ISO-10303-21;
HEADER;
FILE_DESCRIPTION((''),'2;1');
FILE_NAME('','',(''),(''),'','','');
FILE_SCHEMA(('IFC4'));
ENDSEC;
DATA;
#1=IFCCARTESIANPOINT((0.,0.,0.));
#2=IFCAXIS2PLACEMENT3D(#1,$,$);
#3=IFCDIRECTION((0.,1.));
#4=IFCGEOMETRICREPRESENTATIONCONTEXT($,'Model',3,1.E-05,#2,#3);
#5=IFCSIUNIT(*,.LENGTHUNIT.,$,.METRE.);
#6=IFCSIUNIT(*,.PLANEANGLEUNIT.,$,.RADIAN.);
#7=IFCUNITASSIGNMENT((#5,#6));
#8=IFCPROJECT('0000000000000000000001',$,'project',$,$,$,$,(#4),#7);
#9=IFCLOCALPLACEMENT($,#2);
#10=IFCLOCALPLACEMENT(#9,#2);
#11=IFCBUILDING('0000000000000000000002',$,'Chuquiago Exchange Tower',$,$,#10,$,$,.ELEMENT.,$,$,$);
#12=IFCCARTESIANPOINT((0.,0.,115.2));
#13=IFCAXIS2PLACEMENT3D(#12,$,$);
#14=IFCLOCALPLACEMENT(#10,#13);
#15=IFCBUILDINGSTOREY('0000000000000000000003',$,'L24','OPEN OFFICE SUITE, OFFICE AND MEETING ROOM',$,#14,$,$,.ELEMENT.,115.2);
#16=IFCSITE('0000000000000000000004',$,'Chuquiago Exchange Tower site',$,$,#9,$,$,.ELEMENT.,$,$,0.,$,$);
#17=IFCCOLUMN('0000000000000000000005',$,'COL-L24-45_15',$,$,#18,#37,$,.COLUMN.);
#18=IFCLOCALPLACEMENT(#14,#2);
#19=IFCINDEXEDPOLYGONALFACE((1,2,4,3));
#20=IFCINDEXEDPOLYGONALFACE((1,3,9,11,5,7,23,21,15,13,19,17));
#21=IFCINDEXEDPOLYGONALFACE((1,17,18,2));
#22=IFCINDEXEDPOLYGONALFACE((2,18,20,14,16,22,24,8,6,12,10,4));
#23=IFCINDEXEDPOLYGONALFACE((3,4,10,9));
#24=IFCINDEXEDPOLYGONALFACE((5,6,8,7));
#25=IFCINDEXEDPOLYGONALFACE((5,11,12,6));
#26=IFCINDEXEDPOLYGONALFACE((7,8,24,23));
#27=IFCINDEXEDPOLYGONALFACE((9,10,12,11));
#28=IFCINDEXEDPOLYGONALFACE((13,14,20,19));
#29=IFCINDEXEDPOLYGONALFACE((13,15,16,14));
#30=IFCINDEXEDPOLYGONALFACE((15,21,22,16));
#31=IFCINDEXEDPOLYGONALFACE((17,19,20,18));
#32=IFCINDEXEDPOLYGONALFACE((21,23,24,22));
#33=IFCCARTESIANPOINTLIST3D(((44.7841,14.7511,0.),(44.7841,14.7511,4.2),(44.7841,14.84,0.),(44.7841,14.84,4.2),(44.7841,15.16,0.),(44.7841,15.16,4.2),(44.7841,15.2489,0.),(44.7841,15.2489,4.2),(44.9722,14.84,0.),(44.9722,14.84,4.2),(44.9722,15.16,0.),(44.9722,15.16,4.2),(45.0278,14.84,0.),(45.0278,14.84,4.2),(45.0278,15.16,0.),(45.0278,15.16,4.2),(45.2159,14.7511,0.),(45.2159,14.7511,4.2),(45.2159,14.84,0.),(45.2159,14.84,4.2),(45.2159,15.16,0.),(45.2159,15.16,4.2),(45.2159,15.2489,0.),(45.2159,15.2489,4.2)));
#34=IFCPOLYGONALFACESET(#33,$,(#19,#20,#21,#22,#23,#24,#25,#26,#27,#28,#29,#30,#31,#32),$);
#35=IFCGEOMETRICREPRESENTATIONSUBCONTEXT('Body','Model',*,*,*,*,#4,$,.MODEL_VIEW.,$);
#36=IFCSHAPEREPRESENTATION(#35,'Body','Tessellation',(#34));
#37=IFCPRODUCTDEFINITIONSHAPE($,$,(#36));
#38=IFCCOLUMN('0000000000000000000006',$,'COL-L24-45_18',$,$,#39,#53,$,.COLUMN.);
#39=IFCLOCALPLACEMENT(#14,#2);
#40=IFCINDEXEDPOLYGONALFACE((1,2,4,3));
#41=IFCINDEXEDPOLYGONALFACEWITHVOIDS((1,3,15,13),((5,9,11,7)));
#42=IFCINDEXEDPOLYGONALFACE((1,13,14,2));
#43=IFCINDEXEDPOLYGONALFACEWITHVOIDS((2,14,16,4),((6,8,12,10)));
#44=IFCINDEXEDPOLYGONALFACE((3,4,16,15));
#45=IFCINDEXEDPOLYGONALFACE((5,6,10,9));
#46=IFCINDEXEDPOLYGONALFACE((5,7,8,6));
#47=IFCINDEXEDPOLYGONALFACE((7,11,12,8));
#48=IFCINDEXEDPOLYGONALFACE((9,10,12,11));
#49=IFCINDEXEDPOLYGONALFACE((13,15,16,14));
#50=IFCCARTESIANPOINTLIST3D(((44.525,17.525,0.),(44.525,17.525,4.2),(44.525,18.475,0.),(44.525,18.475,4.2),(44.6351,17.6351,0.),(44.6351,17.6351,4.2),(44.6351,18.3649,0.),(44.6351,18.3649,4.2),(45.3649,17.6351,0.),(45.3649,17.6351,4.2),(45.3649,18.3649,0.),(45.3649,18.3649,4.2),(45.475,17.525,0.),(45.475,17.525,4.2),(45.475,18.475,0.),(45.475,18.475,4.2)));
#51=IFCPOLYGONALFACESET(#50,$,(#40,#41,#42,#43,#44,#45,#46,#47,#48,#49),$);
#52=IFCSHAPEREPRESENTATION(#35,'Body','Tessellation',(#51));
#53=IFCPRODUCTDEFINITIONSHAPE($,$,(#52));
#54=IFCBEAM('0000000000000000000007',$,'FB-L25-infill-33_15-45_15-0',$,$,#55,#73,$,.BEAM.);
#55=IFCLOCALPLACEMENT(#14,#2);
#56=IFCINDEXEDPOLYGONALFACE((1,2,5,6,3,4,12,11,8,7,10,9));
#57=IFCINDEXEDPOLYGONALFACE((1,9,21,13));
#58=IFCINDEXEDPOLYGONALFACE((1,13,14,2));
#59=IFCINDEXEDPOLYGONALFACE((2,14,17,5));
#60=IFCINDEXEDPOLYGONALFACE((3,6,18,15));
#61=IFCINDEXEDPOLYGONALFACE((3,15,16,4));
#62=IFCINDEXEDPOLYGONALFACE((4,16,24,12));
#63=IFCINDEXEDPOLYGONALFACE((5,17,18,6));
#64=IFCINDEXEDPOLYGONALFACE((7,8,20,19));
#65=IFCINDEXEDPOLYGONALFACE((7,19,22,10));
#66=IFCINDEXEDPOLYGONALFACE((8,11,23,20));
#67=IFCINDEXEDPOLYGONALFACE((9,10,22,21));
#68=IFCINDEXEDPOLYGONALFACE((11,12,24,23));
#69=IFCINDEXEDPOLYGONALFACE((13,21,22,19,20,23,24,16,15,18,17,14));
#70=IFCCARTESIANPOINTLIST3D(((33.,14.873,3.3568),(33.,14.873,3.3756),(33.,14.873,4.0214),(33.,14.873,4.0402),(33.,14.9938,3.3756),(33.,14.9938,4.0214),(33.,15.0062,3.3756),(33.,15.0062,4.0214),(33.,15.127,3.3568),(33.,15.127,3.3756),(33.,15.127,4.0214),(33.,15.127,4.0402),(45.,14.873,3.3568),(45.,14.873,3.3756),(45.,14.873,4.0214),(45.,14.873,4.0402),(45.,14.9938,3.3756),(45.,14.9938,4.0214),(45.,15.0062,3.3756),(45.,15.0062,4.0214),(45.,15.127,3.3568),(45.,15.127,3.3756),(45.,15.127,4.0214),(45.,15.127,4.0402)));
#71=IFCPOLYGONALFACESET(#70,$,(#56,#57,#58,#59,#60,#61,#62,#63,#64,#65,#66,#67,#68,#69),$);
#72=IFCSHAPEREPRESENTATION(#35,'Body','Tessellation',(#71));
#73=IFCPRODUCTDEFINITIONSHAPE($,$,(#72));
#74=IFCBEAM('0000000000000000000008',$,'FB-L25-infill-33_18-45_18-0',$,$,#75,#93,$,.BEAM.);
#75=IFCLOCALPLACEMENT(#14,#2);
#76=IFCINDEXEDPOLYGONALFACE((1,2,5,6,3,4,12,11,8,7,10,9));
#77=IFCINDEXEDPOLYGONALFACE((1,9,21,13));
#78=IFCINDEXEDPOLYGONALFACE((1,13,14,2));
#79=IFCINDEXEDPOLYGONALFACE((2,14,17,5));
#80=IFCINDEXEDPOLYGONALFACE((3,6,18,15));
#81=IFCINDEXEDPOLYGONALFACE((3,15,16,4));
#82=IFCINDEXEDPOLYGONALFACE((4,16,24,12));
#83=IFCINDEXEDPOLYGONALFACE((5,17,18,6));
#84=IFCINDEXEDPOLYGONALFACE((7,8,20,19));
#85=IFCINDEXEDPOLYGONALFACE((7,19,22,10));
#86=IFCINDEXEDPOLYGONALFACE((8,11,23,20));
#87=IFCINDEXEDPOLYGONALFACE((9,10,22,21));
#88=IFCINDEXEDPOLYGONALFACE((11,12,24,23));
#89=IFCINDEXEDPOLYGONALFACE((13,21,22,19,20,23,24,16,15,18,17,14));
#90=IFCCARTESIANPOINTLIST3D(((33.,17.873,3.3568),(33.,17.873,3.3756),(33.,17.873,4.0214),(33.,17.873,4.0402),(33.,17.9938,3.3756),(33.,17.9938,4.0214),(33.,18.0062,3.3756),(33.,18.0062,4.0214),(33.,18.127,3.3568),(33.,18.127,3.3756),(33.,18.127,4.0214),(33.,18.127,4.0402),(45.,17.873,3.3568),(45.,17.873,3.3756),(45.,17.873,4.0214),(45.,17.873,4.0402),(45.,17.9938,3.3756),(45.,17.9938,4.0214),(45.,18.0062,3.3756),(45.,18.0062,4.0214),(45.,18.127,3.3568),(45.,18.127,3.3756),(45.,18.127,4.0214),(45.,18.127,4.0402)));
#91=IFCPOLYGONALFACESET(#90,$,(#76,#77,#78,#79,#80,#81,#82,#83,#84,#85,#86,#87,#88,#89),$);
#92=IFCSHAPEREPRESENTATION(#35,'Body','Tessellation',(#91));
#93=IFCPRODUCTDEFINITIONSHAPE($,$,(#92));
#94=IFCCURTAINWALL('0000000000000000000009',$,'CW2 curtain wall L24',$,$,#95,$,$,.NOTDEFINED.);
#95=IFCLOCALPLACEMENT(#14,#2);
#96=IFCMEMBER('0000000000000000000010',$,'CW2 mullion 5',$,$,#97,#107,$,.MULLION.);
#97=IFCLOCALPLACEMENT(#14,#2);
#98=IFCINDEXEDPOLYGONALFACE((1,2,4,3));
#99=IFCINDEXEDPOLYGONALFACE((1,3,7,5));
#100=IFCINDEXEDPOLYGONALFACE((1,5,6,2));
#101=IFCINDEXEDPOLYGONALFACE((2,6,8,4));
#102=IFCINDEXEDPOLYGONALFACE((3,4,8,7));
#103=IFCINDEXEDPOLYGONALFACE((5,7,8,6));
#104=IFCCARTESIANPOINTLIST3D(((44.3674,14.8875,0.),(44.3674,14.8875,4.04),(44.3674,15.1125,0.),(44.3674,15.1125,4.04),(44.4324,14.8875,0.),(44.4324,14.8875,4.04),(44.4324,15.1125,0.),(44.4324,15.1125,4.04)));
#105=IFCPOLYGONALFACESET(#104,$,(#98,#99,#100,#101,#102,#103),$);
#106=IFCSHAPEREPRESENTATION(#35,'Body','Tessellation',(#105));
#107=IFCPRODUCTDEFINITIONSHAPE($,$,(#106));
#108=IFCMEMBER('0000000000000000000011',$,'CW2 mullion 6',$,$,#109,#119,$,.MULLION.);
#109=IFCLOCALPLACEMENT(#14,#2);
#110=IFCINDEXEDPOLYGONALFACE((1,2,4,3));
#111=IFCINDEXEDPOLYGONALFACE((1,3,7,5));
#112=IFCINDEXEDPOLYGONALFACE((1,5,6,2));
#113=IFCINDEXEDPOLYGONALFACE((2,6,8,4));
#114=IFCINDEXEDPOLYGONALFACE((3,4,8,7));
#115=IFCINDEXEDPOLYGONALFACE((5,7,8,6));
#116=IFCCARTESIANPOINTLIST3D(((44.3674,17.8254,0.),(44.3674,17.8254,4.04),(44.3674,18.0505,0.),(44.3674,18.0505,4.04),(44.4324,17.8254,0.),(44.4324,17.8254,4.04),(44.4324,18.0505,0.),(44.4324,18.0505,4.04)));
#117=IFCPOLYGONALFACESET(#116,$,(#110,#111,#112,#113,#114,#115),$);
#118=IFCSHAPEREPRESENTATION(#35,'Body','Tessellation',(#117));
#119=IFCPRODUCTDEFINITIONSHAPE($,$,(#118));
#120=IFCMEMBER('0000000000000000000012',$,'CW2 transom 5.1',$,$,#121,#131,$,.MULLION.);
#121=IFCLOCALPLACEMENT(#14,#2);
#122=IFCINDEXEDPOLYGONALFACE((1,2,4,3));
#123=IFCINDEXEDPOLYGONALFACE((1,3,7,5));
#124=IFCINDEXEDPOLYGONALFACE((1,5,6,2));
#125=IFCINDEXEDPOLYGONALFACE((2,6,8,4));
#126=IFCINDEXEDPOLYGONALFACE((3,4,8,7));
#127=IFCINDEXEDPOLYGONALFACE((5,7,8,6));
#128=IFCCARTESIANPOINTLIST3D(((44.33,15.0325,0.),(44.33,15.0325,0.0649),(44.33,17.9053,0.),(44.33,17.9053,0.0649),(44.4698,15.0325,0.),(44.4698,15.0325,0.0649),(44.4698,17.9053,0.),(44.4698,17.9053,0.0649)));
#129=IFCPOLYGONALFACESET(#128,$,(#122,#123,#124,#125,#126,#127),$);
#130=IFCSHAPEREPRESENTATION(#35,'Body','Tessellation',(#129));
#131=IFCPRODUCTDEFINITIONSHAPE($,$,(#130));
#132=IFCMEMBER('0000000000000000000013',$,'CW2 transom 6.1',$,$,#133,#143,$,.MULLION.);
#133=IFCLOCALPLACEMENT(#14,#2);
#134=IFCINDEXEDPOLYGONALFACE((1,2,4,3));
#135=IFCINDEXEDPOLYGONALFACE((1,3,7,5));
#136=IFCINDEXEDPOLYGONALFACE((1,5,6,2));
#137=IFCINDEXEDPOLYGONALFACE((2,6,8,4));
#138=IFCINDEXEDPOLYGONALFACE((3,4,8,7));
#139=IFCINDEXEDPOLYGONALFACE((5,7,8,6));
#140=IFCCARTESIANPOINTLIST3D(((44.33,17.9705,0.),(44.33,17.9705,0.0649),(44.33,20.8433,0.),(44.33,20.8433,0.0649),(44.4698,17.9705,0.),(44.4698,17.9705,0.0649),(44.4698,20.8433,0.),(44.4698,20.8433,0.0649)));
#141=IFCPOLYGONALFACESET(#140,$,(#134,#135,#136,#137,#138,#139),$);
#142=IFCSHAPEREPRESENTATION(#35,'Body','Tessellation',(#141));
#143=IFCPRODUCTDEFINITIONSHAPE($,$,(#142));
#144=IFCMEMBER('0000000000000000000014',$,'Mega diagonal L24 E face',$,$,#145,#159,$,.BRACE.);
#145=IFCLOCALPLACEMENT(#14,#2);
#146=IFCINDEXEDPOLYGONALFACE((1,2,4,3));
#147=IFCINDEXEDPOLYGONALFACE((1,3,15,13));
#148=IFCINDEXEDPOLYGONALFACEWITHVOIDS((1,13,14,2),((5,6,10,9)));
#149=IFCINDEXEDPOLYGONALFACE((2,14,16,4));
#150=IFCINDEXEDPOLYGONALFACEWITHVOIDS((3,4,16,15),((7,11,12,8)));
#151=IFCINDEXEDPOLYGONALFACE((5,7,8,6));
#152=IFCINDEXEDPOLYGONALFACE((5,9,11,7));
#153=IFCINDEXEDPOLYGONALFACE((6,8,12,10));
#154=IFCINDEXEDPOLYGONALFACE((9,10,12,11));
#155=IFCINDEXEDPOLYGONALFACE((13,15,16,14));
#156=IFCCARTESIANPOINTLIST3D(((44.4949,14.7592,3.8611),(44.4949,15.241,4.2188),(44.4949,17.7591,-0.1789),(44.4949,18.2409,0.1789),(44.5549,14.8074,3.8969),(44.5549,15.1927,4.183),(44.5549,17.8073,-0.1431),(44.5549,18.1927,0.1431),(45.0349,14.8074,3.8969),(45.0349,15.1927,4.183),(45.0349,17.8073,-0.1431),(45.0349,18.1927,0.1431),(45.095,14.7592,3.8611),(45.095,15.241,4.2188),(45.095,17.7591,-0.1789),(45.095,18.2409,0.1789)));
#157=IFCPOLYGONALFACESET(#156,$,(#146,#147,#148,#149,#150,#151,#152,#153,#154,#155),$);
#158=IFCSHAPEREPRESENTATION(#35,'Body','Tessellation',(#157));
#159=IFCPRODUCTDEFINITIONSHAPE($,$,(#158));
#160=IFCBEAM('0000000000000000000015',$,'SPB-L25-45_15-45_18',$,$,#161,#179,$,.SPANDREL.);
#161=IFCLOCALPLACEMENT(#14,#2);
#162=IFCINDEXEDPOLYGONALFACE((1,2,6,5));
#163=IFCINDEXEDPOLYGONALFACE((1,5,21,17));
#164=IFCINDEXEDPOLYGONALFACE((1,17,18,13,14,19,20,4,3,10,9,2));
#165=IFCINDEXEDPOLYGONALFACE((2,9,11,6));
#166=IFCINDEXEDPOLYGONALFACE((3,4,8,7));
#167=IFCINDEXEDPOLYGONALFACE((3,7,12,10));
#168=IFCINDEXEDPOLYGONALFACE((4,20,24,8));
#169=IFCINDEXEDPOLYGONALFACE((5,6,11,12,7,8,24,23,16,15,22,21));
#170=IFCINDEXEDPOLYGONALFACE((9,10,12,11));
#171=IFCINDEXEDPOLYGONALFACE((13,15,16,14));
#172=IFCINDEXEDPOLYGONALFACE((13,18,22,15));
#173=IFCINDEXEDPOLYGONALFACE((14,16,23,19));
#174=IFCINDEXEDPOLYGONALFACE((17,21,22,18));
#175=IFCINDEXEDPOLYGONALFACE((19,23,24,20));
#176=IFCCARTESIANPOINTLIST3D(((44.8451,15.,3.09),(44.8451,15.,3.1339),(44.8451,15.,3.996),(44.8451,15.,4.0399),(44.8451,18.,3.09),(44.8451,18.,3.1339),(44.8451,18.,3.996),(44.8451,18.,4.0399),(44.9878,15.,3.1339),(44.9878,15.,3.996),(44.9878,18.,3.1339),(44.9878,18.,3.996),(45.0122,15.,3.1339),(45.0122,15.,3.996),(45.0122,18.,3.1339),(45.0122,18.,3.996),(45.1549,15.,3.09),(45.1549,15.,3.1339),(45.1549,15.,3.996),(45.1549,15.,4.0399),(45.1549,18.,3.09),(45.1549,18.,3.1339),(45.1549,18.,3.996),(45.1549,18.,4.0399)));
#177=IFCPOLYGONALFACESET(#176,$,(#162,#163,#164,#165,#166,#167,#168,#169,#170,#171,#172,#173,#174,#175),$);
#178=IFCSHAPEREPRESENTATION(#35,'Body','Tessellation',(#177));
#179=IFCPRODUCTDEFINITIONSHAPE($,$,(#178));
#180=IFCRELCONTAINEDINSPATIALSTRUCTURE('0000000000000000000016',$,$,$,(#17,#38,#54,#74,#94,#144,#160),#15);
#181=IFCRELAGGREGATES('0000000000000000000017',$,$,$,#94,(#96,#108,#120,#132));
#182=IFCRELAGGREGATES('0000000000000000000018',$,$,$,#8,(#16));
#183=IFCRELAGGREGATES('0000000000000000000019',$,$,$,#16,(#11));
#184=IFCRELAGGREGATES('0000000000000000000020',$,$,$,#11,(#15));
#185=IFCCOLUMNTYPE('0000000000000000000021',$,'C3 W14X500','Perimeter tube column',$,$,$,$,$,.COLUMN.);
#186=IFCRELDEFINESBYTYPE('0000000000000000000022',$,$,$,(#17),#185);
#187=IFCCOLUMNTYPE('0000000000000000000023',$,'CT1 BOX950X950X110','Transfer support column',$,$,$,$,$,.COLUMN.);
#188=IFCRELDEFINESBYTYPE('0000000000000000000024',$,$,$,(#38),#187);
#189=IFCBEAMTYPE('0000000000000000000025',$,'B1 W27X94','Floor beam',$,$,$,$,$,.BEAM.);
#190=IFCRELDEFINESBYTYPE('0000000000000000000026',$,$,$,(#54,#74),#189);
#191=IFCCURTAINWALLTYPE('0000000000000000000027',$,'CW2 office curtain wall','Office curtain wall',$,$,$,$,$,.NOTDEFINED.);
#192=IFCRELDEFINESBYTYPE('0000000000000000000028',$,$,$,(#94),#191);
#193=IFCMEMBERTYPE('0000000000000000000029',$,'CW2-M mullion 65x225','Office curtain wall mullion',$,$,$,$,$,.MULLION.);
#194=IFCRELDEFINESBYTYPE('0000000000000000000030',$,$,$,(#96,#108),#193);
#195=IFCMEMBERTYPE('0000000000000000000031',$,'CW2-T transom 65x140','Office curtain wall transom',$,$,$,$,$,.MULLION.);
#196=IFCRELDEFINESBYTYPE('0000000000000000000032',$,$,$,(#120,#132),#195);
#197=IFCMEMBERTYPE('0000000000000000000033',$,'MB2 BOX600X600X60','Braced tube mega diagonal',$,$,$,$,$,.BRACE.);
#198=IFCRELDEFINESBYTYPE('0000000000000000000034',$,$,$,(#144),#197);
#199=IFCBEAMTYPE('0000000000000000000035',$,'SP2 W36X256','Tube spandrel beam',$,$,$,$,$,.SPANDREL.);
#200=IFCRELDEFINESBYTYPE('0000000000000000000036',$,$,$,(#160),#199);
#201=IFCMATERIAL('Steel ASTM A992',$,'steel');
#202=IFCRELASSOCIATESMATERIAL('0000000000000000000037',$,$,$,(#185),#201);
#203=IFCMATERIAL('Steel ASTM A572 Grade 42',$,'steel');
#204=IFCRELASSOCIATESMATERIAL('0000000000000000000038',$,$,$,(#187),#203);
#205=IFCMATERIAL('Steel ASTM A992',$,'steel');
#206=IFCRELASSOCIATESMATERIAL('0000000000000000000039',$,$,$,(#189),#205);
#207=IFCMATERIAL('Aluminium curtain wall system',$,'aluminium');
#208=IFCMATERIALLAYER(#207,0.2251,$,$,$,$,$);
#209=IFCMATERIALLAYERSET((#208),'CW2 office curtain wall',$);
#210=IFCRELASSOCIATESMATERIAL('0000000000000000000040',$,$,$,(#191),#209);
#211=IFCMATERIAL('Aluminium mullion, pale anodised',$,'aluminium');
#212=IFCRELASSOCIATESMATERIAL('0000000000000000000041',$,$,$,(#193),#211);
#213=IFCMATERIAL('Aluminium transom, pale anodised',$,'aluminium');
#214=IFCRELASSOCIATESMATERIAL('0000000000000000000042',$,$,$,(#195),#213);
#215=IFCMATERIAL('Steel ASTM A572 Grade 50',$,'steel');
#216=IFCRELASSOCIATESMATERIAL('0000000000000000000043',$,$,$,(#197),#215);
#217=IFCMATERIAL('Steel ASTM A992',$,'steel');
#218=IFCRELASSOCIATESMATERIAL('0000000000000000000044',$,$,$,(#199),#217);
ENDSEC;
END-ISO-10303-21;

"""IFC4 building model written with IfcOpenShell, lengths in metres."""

from ifc_helpers import new_model, si_unit, direction, frame, origin, origin_2d, place, context, subcontext, project, spatial, rectangle, hollow_rectangle, i_section, extrude, material, layer, layer_set, material_profile, profile_set, type_object, element, aggregate, save


model = new_model("IFC4")

# Units and contexts
model_context = context("Model", 3, precision=1e-05, world=origin(), true_north=direction((0.0, 1.0)))
body_context = subcontext(model_context, "Body", "Model", "MODEL_VIEW")
ifc_project = project(units=[si_unit("LENGTHUNIT", "METRE"), si_unit("PLANEANGLEUNIT", "RADIAN")], contexts=[model_context])

# Site, building, storey
site_placement = place(None, origin())
site = spatial("IfcSite", under=ifc_project, at=site_placement, Name="Chuquiago Exchange Tower site", CompositionType="ELEMENT", RefElevation=0.0)
building_placement = place(site_placement, origin())
building = spatial("IfcBuilding", under=site, at=building_placement, Name="Chuquiago Exchange Tower", CompositionType="ELEMENT")
storey_placement = place(building_placement, frame((0.0, 0.0, 115.2)))
storey = spatial("IfcBuildingStorey", under=building, at=storey_placement, Name="L24", Description="OPEN OFFICE SUITE, OFFICE AND MEETING ROOM", CompositionType="ELEMENT", Elevation=115.2)

# Columns
ifc_material_1 = material(Name="Steel ASTM A992", Category="steel")
ifc_material_profile_1 = material_profile(ifc_material_1, i_section(OverallWidth=0.4319, OverallDepth=0.4978, WebThickness=0.0557, FlangeThickness=0.0889, at=origin_2d()), Name="W14X500")
ifc_profile_set_1 = profile_set([ifc_material_profile_1], Name="Steel ASTM A992")
column_type_1 = type_object("IfcColumnType", Name="C3 W14X500", Description="Perimeter tube column", PredefinedType="COLUMN", material=ifc_profile_set_1)
column_1_placement = place(storey_placement, frame((45.0, 15.0, 0.0), z_axis=(0.0, 0.0, 1.0), x_axis=(1.0, 0.0, 0.0)))
element("IfcColumn", 1, at=column_1_placement, inside=storey, type_object=column_type_1, Name="COL-L24-45_15", PredefinedType="COLUMN", context=body_context, shape_type="SweptSolid", body=[
    extrude(i_section(OverallWidth=0.4319, OverallDepth=0.4978, WebThickness=0.0557, FlangeThickness=0.0889, at=origin_2d()), origin(), (0.0, 0.0, 1.0), 4.2),
])
ifc_material_2 = material(Name="Steel ASTM A572 Grade 42", Category="steel")
ifc_material_profile_2 = material_profile(ifc_material_2, hollow_rectangle(XDim=0.95, YDim=0.95, WallThickness=0.1101, at=origin_2d()), Name="BOX950X950X110")
ifc_profile_set_2 = profile_set([ifc_material_profile_2], Name="Steel ASTM A572 Grade 42")
column_type_2 = type_object("IfcColumnType", Name="CT1 BOX950X950X110", Description="Transfer support column", PredefinedType="COLUMN", material=ifc_profile_set_2)
column_2_placement = place(storey_placement, frame((45.0, 18.0, 0.0), z_axis=(0.0, 0.0, 1.0), x_axis=(1.0, 0.0, 0.0)))
element("IfcColumn", 2, at=column_2_placement, inside=storey, type_object=column_type_2, Name="COL-L24-45_18", PredefinedType="COLUMN", context=body_context, shape_type="SweptSolid", body=[
    extrude(hollow_rectangle(XDim=0.95, YDim=0.95, WallThickness=0.1101, at=origin_2d()), origin(), (0.0, 0.0, 1.0), 4.2),
])

# Beams
ifc_material_3 = material(Name="Steel ASTM A992", Category="steel")
ifc_material_profile_3 = material_profile(ifc_material_3, i_section(OverallWidth=0.2539, OverallDepth=0.6833, WebThickness=0.0125, FlangeThickness=0.0188, at=origin_2d()), Name="W27X94")
ifc_profile_set_3 = profile_set([ifc_material_profile_3], Name="Steel ASTM A992")
beam_type_1 = type_object("IfcBeamType", Name="B1 W27X94", Description="Floor beam", PredefinedType="BEAM", material=ifc_profile_set_3)
for number, where, z_axis, x_axis, name in (
    (3, (33.0, 15.0, 3.6985), (1.0, 0.0, 0.0), (0.0, 1.0, 0.0), "FB-L25-infill-33_15-45_15-0"),
    (4, (33.0, 18.0, 3.6985), (1.0, 0.0, 0.0), (0.0, 1.0, 0.0), "FB-L25-infill-33_18-45_18-0"),
):
    element("IfcBeam", number, at=place(storey_placement, frame(where, z_axis=z_axis, x_axis=x_axis)), inside=storey, type_object=beam_type_1, Name=name, PredefinedType="BEAM", context=body_context, shape_type="SweptSolid", body=[
        extrude(i_section(OverallWidth=0.2539, OverallDepth=0.6833, WebThickness=0.0125, FlangeThickness=0.0188, at=origin_2d()), origin(), (0.0, 0.0, 1.0), 12.0),
    ])

# Curtain wall, members
ifc_material_4 = material(Name="Aluminium curtain wall system", Category="aluminium")
ifc_layer_1 = layer(ifc_material_4, 0.2251)
ifc_layer_set_1 = layer_set([ifc_layer_1], Name="CW2 office curtain wall")
curtain_wall_type = type_object("IfcCurtainWallType", Name="CW2 office curtain wall", Description="Office curtain wall", PredefinedType="NOTDEFINED", material=ifc_layer_set_1)
curtain_wall_placement = place(storey_placement, origin())
curtain_wall = element("IfcCurtainWall", 5, at=curtain_wall_placement, inside=storey, type_object=curtain_wall_type, Name="CW2 curtain wall L24", PredefinedType="NOTDEFINED")
ifc_material_5 = material(Name="Aluminium mullion, pale anodised", Category="aluminium")
ifc_material_profile_4 = material_profile(ifc_material_5, rectangle(XDim=0.0649, YDim=0.2251, at=origin_2d()), Name="AL 65x225")
ifc_profile_set_4 = profile_set([ifc_material_profile_4], Name="Aluminium mullion, pale anodised")
member_type_1 = type_object("IfcMemberType", Name="CW2-M mullion 65x225", Description="Office curtain wall mullion", PredefinedType="MULLION", material=ifc_profile_set_4)
member_1_placement = place(storey_placement, frame((44.3999, 15.0, 0.0), z_axis=(0.0, 0.0, 1.0), x_axis=(-1.0, 0.0, 0.0)))
member_1 = element("IfcMember", 6, at=member_1_placement, type_object=member_type_1, Name="CW2 mullion 5", PredefinedType="MULLION", context=body_context, shape_type="SweptSolid", body=[
    extrude(rectangle(XDim=0.0649, YDim=0.2251, at=origin_2d()), origin(), (0.0, 0.0, 1.0), 4.04),
])
member_2_placement = place(storey_placement, frame((44.3999, 17.938, 0.0), z_axis=(0.0, 0.0, 1.0), x_axis=(-1.0, 0.0, 0.0)))
member_2 = element("IfcMember", 7, at=member_2_placement, type_object=member_type_1, Name="CW2 mullion 6", PredefinedType="MULLION", context=body_context, shape_type="SweptSolid", body=[
    extrude(rectangle(XDim=0.0649, YDim=0.2251, at=origin_2d()), origin(), (0.0, 0.0, 1.0), 4.04),
])
ifc_material_6 = material(Name="Aluminium transom, pale anodised", Category="aluminium")
ifc_material_profile_5 = material_profile(ifc_material_6, rectangle(XDim=0.1399, YDim=0.0649, at=origin_2d()), Name="AL 140x65")
ifc_profile_set_5 = profile_set([ifc_material_profile_5], Name="Aluminium transom, pale anodised")
member_type_2 = type_object("IfcMemberType", Name="CW2-T transom 65x140", Description="Office curtain wall transom", PredefinedType="MULLION", material=ifc_profile_set_5)
member_3_placement = place(storey_placement, frame((44.3999, 15.0325, 0.0325), z_axis=(0.0, 1.0, 0.0), x_axis=(-1.0, 0.0, 0.0)))
member_3 = element("IfcMember", 8, at=member_3_placement, type_object=member_type_2, Name="CW2 transom 5.1", PredefinedType="MULLION", context=body_context, shape_type="SweptSolid", body=[
    extrude(rectangle(XDim=0.1399, YDim=0.0649, at=origin_2d()), origin(), (0.0, 0.0, 1.0), 2.8728),
])
member_4_placement = place(storey_placement, frame((44.3999, 17.9705, 0.0325), z_axis=(0.0, 1.0, 0.0), x_axis=(-1.0, 0.0, 0.0)))
member_4 = element("IfcMember", 9, at=member_4_placement, type_object=member_type_2, Name="CW2 transom 6.1", PredefinedType="MULLION", context=body_context, shape_type="SweptSolid", body=[
    extrude(rectangle(XDim=0.1399, YDim=0.0649, at=origin_2d()), origin(), (0.0, 0.0, 1.0), 2.8728),
])

# Member
ifc_material_7 = material(Name="Steel ASTM A572 Grade 50", Category="steel")
ifc_material_profile_6 = material_profile(ifc_material_7, hollow_rectangle(XDim=0.6001, YDim=0.6001, WallThickness=0.0601, at=origin_2d()), Name="BOX600X600X60")
ifc_profile_set_6 = profile_set([ifc_material_profile_6], Name="Steel ASTM A572 Grade 50")
member_type_3 = type_object("IfcMemberType", Name="MB2 BOX600X600X60", Description="Braced tube mega diagonal", PredefinedType="BRACE", material=ifc_profile_set_6)
member_5_placement = place(storey_placement, frame((44.7949, 18.0, 0.0), z_axis=(0.0, -0.596174, 0.802855), x_axis=(1.0, 0.0, 0.0)))
element("IfcMember", 10, at=member_5_placement, inside=storey, type_object=member_type_3, Name="Mega diagonal L24 E face", PredefinedType="BRACE", context=body_context, shape_type="SweptSolid", body=[
    extrude(hollow_rectangle(XDim=0.6001, YDim=0.6001, WallThickness=0.0601, at=origin_2d()), origin(), (0.0, 0.0, 1.0), 5.032),
])

# Beam
ifc_material_8 = material(Name="Steel ASTM A992", Category="steel")
ifc_material_profile_7 = material_profile(ifc_material_8, i_section(OverallWidth=0.3098, OverallDepth=0.95, WebThickness=0.0244, FlangeThickness=0.0439, at=origin_2d()), Name="W36X256")
ifc_profile_set_7 = profile_set([ifc_material_profile_7], Name="Steel ASTM A992")
beam_type_2 = type_object("IfcBeamType", Name="SP2 W36X256", Description="Tube spandrel beam", PredefinedType="SPANDREL", material=ifc_profile_set_7)
for number, where, z_axis, x_axis, name in (
    (11, (45.0, 15.0, 3.5649), (0.0, 1.0, 0.0), (-1.0, 0.0, 0.0), "SPB-L25-45_15-45_18"),
):
    element("IfcBeam", number, at=place(storey_placement, frame(where, z_axis=z_axis, x_axis=x_axis)), inside=storey, type_object=beam_type_2, Name=name, PredefinedType="SPANDREL", context=body_context, shape_type="SweptSolid", body=[
        extrude(i_section(OverallWidth=0.3098, OverallDepth=0.95, WebThickness=0.0244, FlangeThickness=0.0439, at=origin_2d()), origin(), (0.0, 0.0, 1.0), 3.0),
    ])

aggregate(curtain_wall, [member_1, member_2, member_3, member_4])

save(model, "model.ifc")
